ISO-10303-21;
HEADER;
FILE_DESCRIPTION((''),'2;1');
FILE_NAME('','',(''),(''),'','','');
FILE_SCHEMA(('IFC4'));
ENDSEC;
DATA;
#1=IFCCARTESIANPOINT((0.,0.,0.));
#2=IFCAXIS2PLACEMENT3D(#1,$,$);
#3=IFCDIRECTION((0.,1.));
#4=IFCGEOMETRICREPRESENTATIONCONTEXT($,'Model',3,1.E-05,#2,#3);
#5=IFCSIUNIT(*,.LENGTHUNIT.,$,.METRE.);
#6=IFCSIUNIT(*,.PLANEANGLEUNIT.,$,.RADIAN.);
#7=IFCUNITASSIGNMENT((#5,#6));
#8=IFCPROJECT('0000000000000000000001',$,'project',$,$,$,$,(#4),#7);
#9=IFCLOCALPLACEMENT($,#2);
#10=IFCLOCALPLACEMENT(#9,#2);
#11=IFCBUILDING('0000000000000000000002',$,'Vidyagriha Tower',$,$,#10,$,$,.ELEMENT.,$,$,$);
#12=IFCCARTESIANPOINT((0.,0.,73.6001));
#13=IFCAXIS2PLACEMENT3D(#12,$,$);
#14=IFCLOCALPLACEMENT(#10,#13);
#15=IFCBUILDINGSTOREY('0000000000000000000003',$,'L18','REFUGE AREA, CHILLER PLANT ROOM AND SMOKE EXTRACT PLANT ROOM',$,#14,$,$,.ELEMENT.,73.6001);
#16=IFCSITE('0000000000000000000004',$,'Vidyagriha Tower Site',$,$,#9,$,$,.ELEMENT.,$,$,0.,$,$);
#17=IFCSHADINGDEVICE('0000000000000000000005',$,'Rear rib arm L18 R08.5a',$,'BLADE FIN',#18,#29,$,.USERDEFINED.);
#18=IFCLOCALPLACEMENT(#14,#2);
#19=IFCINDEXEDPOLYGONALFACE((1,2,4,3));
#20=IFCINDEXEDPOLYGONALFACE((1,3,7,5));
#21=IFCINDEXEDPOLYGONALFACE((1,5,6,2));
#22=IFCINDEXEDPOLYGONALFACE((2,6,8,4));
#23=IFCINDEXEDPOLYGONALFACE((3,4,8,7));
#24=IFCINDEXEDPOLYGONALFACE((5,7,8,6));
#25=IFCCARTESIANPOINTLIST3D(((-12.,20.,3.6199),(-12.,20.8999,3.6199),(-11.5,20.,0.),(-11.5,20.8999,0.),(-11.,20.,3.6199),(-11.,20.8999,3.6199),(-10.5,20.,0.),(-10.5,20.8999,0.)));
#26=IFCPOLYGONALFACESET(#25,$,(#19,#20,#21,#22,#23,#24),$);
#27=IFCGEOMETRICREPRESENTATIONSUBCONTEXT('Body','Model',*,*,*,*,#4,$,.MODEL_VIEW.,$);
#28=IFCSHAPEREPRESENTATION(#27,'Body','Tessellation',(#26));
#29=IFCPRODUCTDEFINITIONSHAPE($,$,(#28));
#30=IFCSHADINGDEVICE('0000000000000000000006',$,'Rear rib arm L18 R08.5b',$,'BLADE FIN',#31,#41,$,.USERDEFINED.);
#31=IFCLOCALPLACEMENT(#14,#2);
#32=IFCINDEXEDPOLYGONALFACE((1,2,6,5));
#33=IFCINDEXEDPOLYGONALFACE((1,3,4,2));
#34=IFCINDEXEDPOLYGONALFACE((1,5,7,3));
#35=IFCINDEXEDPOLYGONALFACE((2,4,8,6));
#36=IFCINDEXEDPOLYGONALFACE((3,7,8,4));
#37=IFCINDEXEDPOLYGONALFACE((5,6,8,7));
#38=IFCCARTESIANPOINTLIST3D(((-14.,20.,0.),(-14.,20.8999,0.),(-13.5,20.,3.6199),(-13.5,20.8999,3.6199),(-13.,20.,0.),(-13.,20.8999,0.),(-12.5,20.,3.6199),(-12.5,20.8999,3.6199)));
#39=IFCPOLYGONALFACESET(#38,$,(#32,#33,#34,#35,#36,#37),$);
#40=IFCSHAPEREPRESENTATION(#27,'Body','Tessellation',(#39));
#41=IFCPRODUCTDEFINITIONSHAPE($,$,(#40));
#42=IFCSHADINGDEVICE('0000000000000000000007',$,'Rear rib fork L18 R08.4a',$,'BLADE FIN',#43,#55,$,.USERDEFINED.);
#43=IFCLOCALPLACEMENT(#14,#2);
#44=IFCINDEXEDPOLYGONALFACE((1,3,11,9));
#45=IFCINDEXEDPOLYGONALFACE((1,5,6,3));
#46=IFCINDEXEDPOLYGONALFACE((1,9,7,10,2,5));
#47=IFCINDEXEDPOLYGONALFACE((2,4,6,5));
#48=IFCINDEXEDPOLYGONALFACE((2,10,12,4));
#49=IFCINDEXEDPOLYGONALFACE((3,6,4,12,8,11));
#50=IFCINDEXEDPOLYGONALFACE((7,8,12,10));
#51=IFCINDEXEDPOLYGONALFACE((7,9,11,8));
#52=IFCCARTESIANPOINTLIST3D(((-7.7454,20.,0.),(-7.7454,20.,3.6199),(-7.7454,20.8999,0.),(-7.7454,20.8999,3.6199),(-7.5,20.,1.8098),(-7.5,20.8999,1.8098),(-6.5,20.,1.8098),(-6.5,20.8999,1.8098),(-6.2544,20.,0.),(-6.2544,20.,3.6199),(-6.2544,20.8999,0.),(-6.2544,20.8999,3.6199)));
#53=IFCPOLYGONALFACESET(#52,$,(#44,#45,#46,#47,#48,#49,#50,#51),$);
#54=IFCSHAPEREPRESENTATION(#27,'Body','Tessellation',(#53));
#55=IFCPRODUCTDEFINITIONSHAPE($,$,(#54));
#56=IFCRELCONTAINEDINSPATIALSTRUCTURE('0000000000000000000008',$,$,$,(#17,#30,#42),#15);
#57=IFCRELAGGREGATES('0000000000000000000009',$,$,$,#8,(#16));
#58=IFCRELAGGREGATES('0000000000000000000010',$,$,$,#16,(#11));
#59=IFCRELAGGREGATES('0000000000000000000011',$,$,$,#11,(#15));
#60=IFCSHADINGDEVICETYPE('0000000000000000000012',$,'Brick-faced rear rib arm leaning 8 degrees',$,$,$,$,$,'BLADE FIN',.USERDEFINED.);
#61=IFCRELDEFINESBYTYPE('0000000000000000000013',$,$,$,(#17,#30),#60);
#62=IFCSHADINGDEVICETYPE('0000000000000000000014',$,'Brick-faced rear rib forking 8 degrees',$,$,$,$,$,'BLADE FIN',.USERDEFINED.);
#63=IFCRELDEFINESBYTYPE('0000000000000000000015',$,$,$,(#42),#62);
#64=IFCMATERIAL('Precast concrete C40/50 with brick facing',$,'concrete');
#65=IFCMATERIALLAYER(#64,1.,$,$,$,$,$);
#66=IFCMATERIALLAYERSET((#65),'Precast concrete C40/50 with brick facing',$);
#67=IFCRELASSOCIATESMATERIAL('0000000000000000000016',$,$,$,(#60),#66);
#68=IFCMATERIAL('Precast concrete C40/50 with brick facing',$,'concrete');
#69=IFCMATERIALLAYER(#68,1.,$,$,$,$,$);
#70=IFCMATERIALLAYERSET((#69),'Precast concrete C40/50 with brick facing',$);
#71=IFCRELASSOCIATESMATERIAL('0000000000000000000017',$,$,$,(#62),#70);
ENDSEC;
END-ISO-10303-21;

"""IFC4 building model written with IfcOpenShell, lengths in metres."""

from ifc_helpers import new_model, si_unit, direction, frame, origin, place, context, subcontext, project, spatial, polyline, outline, extrude, material, layer, layer_set, type_object, element, save


model = new_model("IFC4")

# Units and contexts
model_context = context("Model", 3, precision=1e-05, world=origin(), true_north=direction((0.0, 1.0)))
body_context = subcontext(model_context, "Body", "Model", "MODEL_VIEW")
ifc_project = project(units=[si_unit("LENGTHUNIT", "METRE"), si_unit("PLANEANGLEUNIT", "RADIAN")], contexts=[model_context])

# Site, building, storey
site_placement = place(None, origin())
site = spatial("IfcSite", under=ifc_project, at=site_placement, Name="Vidyagriha Tower Site", CompositionType="ELEMENT", RefElevation=0.0)
building_placement = place(site_placement, origin())
building = spatial("IfcBuilding", under=site, at=building_placement, Name="Vidyagriha Tower", CompositionType="ELEMENT")
storey_placement = place(building_placement, frame((0.0, 0.0, 73.6001)))
storey = spatial("IfcBuildingStorey", under=building, at=storey_placement, Name="L18", Description="REFUGE AREA, CHILLER PLANT ROOM AND SMOKE EXTRACT PLANT ROOM", CompositionType="ELEMENT", Elevation=73.6001)

# Shading devices
ifc_material_1 = material(Name="Precast concrete C40/50 with brick facing", Category="concrete")
ifc_layer_1 = layer(ifc_material_1, 1.0)
ifc_layer_set_1 = layer_set([ifc_layer_1], Name="Precast concrete C40/50 with brick facing")
shading_device_type_1 = type_object("IfcShadingDeviceType", Name="Brick-faced rear rib arm leaning 8 degrees", ElementType="BLADE FIN", PredefinedType="USERDEFINED", material=ifc_layer_set_1)
shading_device_1_placement = place(storey_placement, frame((-10.5, 20.45, 0.0), z_axis=(0.0, 0.0, 1.0), x_axis=(-1.0, 0.0, 0.0)))
element("IfcShadingDevice", 1, at=shading_device_1_placement, inside=storey, type_object=shading_device_type_1, Name="Rear rib arm L18 R08.5a", ObjectType="BLADE FIN", PredefinedType="USERDEFINED", context=body_context, shape_type="SweptSolid", body=[
    extrude(outline(polyline([(0.0, 0.0), (1.0, 0.0), (1.5, 3.6199), (0.5, 3.6199), (0.0, 0.0)])), frame((0.0, 0.45, 0.0), z_axis=(0.0, -1.0, 0.0), x_axis=(1.0, 0.0, 0.0)), (0.0, 0.0, 1.0), 0.8999),
])
shading_device_2_placement = place(storey_placement, frame((-12.5, 20.45, 0.0), z_axis=(0.0, 0.0, 1.0), x_axis=(-1.0, 0.0, 0.0)))
element("IfcShadingDevice", 2, at=shading_device_2_placement, inside=storey, type_object=shading_device_type_1, Name="Rear rib arm L18 R08.5b", ObjectType="BLADE FIN", PredefinedType="USERDEFINED", context=body_context, shape_type="SweptSolid", body=[
    extrude(outline(polyline([(0.5, 0.0), (1.5, 0.0), (1.0, 3.6199), (0.0, 3.6199), (0.5, 0.0)])), frame((0.0, 0.45, 0.0), z_axis=(0.0, -1.0, 0.0), x_axis=(1.0, 0.0, 0.0)), (0.0, 0.0, 1.0), 0.8999),
])
ifc_material_2 = material(Name="Precast concrete C40/50 with brick facing", Category="concrete")
ifc_layer_2 = layer(ifc_material_2, 1.0)
ifc_layer_set_2 = layer_set([ifc_layer_2], Name="Precast concrete C40/50 with brick facing")
shading_device_type_2 = type_object("IfcShadingDeviceType", Name="Brick-faced rear rib forking 8 degrees", ElementType="BLADE FIN", PredefinedType="USERDEFINED", material=ifc_layer_set_2)
shading_device_3_placement = place(storey_placement, frame((-6.2544, 20.45, 0.0), z_axis=(0.0, 0.0, 1.0), x_axis=(-1.0, 0.0, 0.0)))
element("IfcShadingDevice", 3, at=shading_device_3_placement, inside=storey, type_object=shading_device_type_2, Name="Rear rib fork L18 R08.4a", ObjectType="BLADE FIN", PredefinedType="USERDEFINED", context=body_context, shape_type="SweptSolid", body=[
    extrude(outline(polyline([(0.0, 0.0), (1.491, 0.0), (1.2456, 1.8098), (1.491, 3.6199), (0.0, 3.6199), (0.2456, 1.8098), (0.0, 0.0)])), frame((0.0, 0.45, 0.0), z_axis=(0.0, -1.0, 0.0), x_axis=(1.0, 0.0, 0.0)), (0.0, 0.0, 1.0), 0.8999),
])

save(model, "model.ifc")
